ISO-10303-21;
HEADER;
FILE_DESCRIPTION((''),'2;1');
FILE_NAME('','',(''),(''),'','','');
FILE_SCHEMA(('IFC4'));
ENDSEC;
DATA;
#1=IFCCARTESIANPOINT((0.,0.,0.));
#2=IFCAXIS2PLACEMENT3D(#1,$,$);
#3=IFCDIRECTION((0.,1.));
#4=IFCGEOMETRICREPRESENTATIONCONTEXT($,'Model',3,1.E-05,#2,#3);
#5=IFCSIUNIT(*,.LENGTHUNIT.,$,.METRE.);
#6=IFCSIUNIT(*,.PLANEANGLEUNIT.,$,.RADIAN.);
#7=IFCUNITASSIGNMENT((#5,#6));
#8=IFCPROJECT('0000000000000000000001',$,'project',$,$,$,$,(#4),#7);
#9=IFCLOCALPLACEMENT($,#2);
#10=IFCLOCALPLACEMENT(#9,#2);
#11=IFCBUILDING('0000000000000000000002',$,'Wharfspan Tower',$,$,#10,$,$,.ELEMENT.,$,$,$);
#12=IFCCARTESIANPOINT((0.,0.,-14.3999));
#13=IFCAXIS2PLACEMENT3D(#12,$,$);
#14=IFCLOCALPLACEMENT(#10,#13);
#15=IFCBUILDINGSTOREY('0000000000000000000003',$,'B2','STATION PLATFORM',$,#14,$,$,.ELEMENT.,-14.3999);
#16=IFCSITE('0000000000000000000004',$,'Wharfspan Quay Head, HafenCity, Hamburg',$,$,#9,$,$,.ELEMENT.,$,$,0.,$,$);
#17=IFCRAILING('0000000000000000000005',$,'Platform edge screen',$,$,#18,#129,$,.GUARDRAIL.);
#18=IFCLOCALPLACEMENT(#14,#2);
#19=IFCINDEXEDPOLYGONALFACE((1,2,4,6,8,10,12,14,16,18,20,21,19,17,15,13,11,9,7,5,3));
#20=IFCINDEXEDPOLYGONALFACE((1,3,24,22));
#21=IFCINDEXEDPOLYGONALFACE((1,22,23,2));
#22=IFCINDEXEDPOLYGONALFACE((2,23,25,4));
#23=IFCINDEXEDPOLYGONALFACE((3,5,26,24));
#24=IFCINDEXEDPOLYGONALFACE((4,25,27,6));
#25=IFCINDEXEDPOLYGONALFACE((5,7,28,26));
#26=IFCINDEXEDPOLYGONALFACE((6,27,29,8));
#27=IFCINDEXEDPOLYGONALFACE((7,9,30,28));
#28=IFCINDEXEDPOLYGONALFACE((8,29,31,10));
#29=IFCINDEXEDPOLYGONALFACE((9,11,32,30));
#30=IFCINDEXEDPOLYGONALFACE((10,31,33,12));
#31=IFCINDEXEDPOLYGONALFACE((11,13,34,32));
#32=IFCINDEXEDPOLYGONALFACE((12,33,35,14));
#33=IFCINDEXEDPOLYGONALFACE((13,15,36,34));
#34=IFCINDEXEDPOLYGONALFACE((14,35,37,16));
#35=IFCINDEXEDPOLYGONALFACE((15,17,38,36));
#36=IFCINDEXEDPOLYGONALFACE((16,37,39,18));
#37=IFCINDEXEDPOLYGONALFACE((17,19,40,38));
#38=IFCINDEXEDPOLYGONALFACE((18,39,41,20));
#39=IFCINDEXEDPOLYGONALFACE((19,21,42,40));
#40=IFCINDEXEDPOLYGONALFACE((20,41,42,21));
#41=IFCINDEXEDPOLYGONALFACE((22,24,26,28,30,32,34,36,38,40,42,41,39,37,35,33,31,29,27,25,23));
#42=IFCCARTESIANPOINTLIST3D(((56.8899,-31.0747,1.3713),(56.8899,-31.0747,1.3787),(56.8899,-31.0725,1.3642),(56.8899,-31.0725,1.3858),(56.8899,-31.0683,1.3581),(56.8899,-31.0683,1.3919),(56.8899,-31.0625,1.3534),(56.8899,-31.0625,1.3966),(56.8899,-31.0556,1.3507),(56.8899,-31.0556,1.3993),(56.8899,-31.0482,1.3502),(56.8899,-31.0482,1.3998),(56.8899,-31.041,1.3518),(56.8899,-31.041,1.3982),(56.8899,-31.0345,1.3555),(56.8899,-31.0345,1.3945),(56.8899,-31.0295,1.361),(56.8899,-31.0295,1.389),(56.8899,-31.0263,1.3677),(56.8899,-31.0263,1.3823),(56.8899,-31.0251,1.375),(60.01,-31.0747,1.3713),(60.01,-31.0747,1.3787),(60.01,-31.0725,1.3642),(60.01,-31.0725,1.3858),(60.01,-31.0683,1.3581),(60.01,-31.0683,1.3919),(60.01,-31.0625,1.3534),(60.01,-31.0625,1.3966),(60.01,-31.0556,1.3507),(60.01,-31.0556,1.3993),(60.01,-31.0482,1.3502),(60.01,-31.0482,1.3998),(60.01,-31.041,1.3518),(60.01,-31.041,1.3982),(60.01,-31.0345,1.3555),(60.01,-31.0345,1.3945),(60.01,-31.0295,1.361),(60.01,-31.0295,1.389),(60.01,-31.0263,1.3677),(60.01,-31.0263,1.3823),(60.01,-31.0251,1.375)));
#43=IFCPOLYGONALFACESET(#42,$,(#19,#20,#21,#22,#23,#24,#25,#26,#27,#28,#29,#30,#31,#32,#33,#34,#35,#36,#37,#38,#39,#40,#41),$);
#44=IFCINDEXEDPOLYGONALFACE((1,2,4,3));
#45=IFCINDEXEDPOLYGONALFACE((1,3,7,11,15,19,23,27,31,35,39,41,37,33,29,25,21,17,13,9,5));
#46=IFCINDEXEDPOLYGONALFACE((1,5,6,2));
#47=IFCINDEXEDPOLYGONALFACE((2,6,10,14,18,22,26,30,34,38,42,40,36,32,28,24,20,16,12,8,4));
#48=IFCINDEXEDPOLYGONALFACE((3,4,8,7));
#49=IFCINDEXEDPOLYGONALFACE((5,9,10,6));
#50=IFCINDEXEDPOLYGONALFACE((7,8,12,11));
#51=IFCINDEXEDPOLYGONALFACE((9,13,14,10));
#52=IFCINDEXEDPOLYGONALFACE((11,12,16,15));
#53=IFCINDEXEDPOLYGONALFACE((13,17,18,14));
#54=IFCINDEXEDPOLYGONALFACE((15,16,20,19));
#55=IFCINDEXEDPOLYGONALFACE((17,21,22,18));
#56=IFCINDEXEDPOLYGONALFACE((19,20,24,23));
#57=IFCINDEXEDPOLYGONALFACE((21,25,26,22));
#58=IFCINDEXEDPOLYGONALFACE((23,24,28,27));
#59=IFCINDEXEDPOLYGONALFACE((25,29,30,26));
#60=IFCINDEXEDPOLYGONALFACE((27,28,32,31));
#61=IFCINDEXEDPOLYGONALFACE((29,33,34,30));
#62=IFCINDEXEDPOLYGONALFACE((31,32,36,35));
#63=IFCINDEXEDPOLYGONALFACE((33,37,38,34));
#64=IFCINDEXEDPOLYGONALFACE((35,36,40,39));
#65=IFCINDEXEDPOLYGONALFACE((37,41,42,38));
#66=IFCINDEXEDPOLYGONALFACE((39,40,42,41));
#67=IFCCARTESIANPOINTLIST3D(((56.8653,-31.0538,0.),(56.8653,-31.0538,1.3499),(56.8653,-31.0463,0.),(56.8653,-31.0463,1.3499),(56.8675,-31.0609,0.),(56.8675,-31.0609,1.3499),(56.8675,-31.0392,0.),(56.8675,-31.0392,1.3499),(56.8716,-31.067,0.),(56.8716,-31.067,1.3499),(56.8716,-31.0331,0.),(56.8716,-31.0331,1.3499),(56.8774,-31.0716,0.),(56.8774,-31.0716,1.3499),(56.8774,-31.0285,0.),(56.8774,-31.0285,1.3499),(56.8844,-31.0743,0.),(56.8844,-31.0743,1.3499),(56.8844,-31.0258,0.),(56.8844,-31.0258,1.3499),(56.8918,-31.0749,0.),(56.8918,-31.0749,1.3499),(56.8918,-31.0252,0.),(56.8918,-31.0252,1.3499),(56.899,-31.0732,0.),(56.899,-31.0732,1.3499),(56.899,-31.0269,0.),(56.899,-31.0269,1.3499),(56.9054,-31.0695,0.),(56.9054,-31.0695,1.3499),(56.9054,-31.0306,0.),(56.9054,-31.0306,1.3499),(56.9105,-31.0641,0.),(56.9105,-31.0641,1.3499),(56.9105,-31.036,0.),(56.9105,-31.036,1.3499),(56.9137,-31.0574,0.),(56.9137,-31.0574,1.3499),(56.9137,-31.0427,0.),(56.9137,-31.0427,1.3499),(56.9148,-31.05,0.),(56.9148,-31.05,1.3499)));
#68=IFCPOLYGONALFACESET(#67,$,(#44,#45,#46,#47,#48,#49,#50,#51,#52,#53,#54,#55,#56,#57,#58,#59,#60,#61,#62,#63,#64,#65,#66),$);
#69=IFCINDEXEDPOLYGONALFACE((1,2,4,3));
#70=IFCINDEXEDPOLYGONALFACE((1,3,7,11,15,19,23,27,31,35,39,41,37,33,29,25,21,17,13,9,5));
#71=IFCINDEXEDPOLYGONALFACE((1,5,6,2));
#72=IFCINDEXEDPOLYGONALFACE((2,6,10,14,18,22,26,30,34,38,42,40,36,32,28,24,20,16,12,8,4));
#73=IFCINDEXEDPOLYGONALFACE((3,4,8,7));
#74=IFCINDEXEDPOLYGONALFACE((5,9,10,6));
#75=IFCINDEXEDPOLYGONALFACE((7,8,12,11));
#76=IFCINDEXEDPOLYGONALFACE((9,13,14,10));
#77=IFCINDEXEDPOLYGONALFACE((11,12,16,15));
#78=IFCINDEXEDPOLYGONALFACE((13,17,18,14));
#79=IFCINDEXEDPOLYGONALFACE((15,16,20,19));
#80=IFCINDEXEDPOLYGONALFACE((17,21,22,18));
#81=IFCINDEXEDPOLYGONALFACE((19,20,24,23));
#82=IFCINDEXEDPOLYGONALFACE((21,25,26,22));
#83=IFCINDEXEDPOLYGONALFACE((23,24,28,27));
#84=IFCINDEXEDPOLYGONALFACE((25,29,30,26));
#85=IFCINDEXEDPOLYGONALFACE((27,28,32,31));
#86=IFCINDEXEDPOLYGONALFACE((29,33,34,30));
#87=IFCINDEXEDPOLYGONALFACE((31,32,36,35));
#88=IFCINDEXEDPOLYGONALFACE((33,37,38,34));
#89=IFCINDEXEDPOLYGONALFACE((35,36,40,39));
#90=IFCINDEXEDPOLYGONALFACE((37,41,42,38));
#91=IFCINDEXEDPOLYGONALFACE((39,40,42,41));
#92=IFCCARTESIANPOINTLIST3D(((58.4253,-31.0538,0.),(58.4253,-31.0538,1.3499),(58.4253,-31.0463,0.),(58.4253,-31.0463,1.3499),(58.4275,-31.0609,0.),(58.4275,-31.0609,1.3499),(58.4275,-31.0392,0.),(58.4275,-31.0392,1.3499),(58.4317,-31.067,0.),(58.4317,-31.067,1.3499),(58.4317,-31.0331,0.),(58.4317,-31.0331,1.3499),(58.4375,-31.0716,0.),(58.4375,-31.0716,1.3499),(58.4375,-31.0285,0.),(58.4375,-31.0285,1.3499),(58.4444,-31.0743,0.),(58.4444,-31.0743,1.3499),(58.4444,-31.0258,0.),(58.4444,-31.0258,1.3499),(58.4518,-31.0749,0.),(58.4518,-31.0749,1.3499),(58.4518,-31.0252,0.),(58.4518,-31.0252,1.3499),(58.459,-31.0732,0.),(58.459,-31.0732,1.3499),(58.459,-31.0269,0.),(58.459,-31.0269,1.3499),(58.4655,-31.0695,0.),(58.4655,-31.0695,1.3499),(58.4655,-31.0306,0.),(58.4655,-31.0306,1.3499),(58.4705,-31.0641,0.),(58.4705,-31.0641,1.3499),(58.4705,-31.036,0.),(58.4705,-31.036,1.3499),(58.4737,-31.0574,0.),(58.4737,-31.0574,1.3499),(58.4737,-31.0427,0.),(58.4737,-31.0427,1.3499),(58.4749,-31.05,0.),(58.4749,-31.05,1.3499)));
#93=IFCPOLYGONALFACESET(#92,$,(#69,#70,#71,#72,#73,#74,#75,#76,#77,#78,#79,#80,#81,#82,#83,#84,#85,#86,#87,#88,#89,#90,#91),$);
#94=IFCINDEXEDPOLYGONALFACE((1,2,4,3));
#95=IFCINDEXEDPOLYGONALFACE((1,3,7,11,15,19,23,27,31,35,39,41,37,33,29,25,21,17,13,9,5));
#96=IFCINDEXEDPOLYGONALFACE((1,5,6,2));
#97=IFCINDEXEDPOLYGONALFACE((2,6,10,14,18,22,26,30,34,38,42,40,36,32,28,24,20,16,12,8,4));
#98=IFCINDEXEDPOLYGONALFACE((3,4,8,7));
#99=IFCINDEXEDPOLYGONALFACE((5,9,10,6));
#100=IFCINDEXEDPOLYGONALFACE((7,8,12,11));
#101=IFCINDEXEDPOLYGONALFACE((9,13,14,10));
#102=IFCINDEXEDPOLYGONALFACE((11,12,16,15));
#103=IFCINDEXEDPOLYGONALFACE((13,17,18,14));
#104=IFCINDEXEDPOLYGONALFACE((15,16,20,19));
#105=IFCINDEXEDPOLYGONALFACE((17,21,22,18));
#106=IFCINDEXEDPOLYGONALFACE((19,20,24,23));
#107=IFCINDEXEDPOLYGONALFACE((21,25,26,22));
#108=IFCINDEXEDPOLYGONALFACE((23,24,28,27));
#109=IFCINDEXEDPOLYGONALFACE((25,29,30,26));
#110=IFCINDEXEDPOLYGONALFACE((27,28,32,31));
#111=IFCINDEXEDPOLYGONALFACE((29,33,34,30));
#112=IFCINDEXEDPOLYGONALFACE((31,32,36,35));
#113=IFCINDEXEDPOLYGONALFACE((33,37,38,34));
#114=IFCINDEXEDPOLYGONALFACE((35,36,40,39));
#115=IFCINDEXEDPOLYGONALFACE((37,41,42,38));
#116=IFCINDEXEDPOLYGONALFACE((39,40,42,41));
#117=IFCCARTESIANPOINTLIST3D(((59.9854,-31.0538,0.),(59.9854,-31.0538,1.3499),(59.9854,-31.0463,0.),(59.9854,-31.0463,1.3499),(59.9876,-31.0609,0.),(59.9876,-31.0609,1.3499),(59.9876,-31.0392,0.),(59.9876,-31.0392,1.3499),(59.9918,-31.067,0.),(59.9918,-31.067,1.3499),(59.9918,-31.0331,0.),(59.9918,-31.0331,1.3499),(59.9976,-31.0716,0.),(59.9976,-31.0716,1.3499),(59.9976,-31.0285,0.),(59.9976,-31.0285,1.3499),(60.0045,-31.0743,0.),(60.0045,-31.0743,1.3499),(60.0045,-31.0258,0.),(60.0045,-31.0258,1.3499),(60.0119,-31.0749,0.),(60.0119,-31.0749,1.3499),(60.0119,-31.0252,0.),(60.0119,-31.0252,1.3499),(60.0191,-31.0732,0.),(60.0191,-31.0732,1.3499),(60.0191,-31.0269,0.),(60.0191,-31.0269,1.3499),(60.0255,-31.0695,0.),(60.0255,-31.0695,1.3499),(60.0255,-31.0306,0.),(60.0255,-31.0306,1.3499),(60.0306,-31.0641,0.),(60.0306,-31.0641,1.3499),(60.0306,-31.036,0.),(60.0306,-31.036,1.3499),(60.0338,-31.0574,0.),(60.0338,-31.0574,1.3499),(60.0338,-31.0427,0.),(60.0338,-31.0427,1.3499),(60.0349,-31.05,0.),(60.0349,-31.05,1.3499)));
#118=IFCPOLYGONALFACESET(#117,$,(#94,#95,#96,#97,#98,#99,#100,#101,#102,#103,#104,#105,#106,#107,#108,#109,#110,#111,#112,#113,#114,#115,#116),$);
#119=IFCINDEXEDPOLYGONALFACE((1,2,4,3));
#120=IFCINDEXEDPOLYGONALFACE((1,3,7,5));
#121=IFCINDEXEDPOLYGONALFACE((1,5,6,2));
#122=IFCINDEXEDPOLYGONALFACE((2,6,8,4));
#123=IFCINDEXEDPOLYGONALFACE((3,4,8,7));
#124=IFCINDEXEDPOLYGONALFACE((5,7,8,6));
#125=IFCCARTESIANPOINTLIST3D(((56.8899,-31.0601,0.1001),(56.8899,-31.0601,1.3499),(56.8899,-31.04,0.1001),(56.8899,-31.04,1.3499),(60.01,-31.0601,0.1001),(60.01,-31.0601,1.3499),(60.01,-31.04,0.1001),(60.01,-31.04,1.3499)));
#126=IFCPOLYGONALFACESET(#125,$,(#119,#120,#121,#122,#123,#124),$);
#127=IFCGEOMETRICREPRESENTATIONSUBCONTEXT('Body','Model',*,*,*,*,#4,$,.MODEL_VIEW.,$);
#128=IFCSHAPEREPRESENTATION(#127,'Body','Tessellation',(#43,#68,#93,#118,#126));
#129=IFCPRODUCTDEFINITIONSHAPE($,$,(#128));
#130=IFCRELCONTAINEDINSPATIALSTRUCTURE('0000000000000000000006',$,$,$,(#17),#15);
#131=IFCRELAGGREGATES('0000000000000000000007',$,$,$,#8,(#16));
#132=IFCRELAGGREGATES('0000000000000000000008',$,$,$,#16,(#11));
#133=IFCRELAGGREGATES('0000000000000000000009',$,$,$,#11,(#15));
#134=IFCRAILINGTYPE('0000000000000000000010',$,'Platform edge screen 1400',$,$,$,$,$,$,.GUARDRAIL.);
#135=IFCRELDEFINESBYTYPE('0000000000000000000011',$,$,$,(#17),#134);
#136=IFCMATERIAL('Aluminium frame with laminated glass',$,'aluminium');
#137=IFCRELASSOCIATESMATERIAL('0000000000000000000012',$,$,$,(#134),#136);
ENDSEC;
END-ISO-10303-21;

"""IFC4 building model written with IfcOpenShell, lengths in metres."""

from ifc_helpers import new_model, si_unit, direction, frame, origin, origin_2d, place, context, subcontext, project, spatial, rectangle, circle, extrude, material, type_object, element, save


model = new_model("IFC4")

# Units and contexts
model_context = context("Model", 3, precision=1e-05, world=origin(), true_north=direction((0.0, 1.0)))
body_context = subcontext(model_context, "Body", "Model", "MODEL_VIEW")
ifc_project = project(units=[si_unit("LENGTHUNIT", "METRE"), si_unit("PLANEANGLEUNIT", "RADIAN")], contexts=[model_context])

# Site, building, storey
site_placement = place(None, origin())
site = spatial("IfcSite", under=ifc_project, at=site_placement, Name="Wharfspan Quay Head, HafenCity, Hamburg", CompositionType="ELEMENT", RefElevation=0.0)
building_placement = place(site_placement, origin())
building = spatial("IfcBuilding", under=site, at=building_placement, Name="Wharfspan Tower", CompositionType="ELEMENT")
storey_placement = place(building_placement, frame((0.0, 0.0, -14.3999)))
storey = spatial("IfcBuildingStorey", under=building, at=storey_placement, Name="B2", Description="STATION PLATFORM", CompositionType="ELEMENT", Elevation=-14.3999)

# Railing
ifc_material_1 = material(Name="Aluminium frame with laminated glass", Category="aluminium")
railing_type_1 = type_object("IfcRailingType", Name="Platform edge screen 1400", PredefinedType="GUARDRAIL", material=ifc_material_1)
for number, where, name in (
    (1, (56.8899, -31.05, 0.0), "Platform edge screen"),
):
    element("IfcRailing", number, at=place(storey_placement, frame(where)), inside=storey, type_object=railing_type_1, Name=name, PredefinedType="GUARDRAIL", context=body_context, shape_type="SweptSolid", body=[
        extrude(circle(Radius=0.0249, at=origin_2d()), frame((0.0, 0.0, 1.375), z_axis=(1.0, 0.0, 0.0), x_axis=(0.0, 1.0, 0.0)), (0.0, 0.0, 1.0), 3.1201),
        extrude(circle(Radius=0.0249, at=origin_2d()), origin(), (0.0, 0.0, 1.0), 1.3499),
        extrude(circle(Radius=0.0249, at=origin_2d()), frame((1.5601, 0.0, 0.0)), (0.0, 0.0, 1.0), 1.3499),
        extrude(circle(Radius=0.0249, at=origin_2d()), frame((3.1201, 0.0, 0.0)), (0.0, 0.0, 1.0), 1.3499),
        extrude(rectangle(XDim=3.1201, YDim=0.02, at=origin_2d()), frame((1.5601, 0.0, 0.1001), z_axis=(0.0, 0.0, 1.0), x_axis=(1.0, 0.0, 0.0)), (0.0, 0.0, 1.0), 1.2498),
    ])

save(model, "model.ifc")
